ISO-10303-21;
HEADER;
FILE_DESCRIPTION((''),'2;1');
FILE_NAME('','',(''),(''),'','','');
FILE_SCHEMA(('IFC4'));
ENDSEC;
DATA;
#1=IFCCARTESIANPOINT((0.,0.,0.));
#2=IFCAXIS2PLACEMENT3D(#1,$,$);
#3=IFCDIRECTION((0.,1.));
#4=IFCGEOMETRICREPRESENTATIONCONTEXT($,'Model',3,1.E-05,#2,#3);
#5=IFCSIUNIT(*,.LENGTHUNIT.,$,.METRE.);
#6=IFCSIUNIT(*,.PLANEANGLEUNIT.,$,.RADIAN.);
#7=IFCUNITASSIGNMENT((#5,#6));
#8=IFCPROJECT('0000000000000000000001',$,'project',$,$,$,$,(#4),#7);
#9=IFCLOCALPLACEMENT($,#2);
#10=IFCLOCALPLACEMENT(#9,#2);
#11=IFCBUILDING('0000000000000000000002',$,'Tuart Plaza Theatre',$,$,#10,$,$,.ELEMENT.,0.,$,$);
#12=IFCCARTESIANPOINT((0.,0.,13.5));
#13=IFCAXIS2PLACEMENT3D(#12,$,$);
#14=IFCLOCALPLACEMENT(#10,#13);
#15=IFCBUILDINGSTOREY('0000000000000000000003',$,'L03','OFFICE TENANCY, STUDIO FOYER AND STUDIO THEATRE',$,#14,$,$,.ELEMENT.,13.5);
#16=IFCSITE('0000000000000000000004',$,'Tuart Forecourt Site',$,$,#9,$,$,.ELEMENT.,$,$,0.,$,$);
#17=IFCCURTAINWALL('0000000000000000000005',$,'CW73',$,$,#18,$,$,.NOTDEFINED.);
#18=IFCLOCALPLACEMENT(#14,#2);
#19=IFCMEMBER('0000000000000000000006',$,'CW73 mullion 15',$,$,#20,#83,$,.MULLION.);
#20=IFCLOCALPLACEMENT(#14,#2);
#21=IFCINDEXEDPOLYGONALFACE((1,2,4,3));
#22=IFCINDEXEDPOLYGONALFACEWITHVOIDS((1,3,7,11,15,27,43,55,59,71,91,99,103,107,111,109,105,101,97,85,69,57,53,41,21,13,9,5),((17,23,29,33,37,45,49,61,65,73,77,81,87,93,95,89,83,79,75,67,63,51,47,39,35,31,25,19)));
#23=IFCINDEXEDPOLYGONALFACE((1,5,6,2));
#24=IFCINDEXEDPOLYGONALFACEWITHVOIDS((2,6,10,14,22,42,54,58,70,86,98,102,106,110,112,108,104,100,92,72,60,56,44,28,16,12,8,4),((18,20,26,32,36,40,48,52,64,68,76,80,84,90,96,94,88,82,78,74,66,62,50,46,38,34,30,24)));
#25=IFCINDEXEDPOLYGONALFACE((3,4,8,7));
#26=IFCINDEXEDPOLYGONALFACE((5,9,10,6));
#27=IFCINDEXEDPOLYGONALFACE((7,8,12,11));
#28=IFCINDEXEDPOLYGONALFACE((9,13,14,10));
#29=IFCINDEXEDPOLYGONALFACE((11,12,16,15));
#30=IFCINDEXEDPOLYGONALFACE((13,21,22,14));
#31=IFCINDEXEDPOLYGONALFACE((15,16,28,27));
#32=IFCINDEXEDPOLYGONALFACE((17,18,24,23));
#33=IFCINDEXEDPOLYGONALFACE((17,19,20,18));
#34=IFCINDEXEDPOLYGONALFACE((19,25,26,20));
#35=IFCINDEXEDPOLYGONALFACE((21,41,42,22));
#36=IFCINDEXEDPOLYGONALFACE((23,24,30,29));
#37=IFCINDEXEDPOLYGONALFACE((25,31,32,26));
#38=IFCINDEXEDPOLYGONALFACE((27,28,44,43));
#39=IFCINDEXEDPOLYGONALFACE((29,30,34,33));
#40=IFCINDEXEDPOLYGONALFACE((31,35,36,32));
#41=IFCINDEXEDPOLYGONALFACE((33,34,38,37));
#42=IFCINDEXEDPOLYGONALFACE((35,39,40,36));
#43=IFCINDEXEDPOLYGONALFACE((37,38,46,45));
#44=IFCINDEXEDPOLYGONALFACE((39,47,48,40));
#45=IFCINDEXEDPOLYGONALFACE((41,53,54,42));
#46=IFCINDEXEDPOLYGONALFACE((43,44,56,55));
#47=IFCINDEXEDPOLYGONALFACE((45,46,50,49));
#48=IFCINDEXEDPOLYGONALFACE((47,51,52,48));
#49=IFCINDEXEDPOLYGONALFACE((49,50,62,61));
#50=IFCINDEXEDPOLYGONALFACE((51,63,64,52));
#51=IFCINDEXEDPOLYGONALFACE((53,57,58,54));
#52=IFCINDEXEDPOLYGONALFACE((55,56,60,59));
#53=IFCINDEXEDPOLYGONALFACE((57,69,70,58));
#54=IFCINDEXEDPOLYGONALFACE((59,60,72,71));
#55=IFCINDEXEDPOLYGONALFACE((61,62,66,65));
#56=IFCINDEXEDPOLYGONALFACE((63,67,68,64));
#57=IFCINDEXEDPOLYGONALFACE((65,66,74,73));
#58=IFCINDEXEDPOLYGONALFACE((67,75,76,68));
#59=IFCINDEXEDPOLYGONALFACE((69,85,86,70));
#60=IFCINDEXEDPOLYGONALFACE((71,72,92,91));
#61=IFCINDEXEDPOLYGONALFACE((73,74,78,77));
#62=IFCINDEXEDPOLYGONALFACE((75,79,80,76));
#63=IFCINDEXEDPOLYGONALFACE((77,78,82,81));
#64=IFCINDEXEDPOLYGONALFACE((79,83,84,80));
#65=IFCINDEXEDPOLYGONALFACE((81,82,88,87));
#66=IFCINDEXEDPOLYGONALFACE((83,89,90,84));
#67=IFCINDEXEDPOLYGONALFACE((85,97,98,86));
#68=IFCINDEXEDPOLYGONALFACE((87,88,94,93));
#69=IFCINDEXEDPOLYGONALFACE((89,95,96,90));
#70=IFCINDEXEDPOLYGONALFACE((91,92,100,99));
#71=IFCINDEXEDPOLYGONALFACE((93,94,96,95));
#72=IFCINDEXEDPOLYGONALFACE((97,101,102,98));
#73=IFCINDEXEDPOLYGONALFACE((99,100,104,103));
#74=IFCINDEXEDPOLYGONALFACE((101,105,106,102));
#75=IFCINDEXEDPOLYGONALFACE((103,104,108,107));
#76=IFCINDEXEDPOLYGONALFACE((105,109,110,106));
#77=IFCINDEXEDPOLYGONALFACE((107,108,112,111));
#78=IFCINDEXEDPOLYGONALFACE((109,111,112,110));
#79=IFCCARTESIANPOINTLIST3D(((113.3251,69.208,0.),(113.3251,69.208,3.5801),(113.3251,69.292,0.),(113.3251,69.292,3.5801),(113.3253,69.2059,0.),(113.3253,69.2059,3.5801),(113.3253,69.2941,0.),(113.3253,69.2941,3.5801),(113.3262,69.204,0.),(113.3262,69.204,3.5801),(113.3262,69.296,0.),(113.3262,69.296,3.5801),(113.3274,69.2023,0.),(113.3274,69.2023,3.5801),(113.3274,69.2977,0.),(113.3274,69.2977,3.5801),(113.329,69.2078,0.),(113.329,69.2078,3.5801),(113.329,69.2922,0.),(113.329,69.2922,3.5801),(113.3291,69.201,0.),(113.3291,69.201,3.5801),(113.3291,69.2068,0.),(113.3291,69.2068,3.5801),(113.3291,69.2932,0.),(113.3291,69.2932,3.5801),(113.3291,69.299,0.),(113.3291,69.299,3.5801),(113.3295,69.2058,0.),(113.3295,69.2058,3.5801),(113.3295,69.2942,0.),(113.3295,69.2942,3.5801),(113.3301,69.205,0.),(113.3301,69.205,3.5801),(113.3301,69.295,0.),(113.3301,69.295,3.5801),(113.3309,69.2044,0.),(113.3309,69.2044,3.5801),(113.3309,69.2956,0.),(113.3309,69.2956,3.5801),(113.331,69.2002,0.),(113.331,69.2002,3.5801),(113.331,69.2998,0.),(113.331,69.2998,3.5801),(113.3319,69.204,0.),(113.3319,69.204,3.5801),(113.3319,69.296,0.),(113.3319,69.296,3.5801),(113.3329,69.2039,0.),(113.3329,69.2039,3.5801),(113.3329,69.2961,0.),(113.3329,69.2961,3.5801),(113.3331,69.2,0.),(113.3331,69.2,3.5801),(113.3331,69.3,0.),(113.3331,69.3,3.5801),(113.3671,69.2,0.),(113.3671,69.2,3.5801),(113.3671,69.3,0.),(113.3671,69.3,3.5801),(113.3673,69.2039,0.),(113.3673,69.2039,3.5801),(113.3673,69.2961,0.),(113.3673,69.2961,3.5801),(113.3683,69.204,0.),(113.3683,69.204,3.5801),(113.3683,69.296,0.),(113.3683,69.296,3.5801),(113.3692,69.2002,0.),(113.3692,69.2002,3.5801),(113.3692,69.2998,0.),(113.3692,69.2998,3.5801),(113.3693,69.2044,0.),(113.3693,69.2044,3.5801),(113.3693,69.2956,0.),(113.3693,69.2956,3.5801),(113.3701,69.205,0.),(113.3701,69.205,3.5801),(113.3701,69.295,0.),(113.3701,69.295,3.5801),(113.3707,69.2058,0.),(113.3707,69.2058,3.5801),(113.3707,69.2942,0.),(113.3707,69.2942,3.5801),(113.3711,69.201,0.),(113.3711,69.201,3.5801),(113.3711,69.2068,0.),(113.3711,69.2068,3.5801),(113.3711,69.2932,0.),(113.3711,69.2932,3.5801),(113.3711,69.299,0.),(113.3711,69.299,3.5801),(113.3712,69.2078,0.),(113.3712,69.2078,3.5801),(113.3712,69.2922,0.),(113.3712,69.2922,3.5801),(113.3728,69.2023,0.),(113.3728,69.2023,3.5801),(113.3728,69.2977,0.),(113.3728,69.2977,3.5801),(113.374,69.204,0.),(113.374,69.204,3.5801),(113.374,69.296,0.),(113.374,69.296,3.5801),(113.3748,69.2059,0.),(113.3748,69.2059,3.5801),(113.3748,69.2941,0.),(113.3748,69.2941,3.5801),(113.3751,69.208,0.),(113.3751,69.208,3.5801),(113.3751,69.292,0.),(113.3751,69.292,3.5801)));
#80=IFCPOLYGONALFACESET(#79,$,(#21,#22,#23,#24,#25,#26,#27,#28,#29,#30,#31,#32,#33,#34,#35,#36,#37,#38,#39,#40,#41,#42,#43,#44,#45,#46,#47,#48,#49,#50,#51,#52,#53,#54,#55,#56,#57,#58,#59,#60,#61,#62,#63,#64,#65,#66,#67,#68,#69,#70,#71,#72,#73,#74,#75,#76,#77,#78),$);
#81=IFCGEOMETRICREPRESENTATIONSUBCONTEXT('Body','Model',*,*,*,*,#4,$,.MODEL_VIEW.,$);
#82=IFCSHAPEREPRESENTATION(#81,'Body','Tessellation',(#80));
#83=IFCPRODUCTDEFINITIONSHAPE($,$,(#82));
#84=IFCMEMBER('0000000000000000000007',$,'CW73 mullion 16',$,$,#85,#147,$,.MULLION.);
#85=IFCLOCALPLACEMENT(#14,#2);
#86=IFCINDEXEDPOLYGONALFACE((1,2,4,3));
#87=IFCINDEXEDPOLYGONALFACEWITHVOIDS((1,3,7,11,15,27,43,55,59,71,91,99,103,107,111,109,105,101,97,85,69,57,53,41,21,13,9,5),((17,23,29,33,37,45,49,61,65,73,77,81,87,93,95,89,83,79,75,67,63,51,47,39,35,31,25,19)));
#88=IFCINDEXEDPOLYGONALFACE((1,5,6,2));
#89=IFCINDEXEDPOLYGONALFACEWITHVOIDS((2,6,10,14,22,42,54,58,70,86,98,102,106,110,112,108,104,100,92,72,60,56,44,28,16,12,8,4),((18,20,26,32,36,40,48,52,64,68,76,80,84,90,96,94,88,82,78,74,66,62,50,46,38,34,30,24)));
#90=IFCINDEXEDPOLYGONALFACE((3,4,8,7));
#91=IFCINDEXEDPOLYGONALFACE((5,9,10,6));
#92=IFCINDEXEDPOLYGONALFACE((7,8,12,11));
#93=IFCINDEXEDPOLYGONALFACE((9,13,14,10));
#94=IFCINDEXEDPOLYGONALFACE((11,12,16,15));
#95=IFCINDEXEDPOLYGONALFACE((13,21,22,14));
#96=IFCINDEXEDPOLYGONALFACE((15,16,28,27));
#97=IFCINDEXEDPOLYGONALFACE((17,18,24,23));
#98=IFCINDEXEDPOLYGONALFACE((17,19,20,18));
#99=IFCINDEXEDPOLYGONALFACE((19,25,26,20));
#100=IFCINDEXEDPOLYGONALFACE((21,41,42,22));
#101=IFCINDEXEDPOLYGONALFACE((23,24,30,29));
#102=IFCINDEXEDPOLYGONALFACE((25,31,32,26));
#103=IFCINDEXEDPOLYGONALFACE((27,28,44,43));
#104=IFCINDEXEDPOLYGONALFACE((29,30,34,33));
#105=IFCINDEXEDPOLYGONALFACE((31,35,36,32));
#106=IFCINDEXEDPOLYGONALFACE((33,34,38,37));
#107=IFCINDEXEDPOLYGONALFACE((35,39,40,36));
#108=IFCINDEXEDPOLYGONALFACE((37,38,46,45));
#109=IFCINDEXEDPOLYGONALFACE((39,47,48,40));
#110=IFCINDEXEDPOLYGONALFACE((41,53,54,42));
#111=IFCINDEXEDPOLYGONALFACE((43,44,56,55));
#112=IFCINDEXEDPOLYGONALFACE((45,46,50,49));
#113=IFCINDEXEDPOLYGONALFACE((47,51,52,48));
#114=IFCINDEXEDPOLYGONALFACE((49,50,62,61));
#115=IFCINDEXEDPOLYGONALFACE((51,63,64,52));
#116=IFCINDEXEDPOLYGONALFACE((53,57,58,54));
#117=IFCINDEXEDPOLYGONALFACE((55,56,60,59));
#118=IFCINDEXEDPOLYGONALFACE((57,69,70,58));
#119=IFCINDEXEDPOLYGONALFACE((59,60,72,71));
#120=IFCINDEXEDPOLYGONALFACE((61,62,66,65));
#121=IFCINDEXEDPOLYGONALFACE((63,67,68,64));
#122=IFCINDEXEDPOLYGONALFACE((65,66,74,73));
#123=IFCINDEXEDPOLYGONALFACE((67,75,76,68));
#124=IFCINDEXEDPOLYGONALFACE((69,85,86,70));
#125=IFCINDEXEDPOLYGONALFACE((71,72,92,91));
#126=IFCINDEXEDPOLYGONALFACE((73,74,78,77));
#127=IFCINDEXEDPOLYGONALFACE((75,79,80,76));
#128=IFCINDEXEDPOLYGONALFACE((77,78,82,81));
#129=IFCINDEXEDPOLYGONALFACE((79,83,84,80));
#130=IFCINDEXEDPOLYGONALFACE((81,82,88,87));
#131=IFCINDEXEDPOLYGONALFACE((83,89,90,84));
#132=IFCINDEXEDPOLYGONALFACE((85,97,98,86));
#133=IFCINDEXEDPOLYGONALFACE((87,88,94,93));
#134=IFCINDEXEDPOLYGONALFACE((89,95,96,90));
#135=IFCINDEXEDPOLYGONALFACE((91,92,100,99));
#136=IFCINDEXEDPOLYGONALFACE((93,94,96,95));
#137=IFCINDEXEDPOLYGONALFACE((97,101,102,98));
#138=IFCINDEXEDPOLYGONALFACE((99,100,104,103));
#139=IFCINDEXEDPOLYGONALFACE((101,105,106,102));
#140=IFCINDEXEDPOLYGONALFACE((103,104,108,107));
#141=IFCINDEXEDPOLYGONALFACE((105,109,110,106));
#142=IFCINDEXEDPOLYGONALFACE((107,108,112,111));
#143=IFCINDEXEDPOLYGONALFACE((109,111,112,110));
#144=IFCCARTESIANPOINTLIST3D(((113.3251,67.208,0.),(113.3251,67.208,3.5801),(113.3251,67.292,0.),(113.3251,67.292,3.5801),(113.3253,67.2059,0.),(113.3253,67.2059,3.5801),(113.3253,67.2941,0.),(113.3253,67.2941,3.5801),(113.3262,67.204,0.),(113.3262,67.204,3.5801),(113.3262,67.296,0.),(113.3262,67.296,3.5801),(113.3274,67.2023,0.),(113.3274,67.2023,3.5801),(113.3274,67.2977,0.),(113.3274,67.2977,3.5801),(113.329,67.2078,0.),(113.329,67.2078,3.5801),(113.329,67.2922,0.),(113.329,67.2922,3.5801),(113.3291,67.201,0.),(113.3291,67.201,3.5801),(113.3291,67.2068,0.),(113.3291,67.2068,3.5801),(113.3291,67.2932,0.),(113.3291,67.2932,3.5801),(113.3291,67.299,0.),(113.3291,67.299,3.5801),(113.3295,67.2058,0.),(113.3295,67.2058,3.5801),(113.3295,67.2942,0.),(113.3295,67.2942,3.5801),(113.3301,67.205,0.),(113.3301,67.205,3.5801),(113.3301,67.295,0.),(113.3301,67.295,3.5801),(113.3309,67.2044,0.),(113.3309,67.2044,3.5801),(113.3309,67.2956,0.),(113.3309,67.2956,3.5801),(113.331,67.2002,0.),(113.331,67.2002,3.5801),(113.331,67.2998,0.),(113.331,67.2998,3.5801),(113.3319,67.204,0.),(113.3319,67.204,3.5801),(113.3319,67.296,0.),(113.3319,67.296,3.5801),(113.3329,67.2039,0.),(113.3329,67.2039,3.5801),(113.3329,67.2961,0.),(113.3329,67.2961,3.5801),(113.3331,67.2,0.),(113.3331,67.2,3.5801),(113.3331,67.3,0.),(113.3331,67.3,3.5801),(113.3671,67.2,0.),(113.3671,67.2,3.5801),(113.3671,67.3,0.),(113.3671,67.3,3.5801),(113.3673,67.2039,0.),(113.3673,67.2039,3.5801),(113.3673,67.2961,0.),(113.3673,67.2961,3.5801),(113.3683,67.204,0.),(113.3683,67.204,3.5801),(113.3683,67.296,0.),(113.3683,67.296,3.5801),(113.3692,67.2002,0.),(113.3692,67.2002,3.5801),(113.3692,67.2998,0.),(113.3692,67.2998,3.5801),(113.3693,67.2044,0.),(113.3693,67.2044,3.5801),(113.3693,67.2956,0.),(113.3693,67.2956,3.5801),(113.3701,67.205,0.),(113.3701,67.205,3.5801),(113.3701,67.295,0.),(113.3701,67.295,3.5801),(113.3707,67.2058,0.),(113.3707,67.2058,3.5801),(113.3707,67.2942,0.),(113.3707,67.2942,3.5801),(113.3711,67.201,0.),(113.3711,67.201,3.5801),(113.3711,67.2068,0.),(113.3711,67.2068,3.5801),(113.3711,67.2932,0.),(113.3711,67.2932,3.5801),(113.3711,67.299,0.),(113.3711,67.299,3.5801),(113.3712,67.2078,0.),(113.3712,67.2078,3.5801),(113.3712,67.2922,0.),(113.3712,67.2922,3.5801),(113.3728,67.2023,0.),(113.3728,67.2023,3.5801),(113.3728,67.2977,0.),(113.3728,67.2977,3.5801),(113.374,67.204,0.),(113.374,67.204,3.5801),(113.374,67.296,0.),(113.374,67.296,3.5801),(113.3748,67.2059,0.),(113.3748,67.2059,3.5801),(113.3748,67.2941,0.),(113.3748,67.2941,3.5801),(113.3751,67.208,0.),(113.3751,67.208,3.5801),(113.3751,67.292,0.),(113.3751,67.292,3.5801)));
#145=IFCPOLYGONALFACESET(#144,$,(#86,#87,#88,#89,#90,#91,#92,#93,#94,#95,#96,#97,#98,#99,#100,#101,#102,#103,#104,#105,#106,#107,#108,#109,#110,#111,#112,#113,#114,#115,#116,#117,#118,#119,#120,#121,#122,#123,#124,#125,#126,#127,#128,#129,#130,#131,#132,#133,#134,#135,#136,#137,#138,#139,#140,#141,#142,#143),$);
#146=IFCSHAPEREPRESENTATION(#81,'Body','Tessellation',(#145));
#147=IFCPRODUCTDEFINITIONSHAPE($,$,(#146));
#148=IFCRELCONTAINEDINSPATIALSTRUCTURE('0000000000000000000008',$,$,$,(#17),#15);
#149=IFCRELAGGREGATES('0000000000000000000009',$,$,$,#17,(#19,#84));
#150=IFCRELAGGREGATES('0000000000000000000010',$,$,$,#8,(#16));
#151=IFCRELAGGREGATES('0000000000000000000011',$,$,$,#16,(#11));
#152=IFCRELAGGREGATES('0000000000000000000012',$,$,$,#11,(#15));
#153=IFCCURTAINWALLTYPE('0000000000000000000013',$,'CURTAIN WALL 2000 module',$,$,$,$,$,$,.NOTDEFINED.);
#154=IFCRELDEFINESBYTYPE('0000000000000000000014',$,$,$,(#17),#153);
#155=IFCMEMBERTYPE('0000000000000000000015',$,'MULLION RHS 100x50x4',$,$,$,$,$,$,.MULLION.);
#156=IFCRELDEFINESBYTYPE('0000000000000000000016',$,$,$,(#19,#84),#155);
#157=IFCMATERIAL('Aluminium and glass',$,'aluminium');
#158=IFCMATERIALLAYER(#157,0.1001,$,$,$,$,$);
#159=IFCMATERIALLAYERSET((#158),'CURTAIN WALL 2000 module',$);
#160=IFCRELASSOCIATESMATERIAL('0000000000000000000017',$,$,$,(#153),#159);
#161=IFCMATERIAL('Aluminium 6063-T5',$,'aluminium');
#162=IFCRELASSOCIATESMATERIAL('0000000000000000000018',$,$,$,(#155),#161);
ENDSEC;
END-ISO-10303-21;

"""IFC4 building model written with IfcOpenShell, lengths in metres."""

from ifc_helpers import new_model, si_unit, direction, frame, origin, origin_2d, place, context, subcontext, project, spatial, hollow_rectangle, extrude, material, layer, layer_set, material_profile, profile_set, type_object, element, aggregate, save


model = new_model("IFC4")

# Units and contexts
model_context = context("Model", 3, precision=1e-05, world=origin(), true_north=direction((0.0, 1.0)))
body_context = subcontext(model_context, "Body", "Model", "MODEL_VIEW")
ifc_project = project(units=[si_unit("LENGTHUNIT", "METRE"), si_unit("PLANEANGLEUNIT", "RADIAN")], contexts=[model_context])

# Site, building, storey
site_placement = place(None, origin())
site = spatial("IfcSite", under=ifc_project, at=site_placement, Name="Tuart Forecourt Site", CompositionType="ELEMENT", RefElevation=0.0)
building_placement = place(site_placement, origin())
building = spatial("IfcBuilding", under=site, at=building_placement, Name="Tuart Plaza Theatre", CompositionType="ELEMENT", ElevationOfRefHeight=0.0)
storey_placement = place(building_placement, frame((0.0, 0.0, 13.5)))
storey = spatial("IfcBuildingStorey", under=building, at=storey_placement, Name="L03", Description="OFFICE TENANCY, STUDIO FOYER AND STUDIO THEATRE", CompositionType="ELEMENT", Elevation=13.5)

# Curtain wall, members
ifc_material_1 = material(Name="Aluminium and glass", Category="aluminium")
ifc_layer_1 = layer(ifc_material_1, 0.1001)
ifc_layer_set_1 = layer_set([ifc_layer_1], Name="CURTAIN WALL 2000 module")
curtain_wall_type = type_object("IfcCurtainWallType", Name="CURTAIN WALL 2000 module", PredefinedType="NOTDEFINED", material=ifc_layer_set_1)
curtain_wall_placement = place(storey_placement, origin())
curtain_wall = element("IfcCurtainWall", 1, at=curtain_wall_placement, inside=storey, type_object=curtain_wall_type, Name="CW73", PredefinedType="NOTDEFINED")
ifc_material_2 = material(Name="Aluminium 6063-T5", Category="aluminium")
ifc_material_profile_1 = material_profile(ifc_material_2, hollow_rectangle(XDim=0.05, YDim=0.1001, WallThickness=0.0039, InnerFilletRadius=0.0039, OuterFilletRadius=0.0081, at=origin_2d()), Name="RHS 100x50x4")
ifc_profile_set_1 = profile_set([ifc_material_profile_1], Name="Aluminium 6063-T5")
member_type_1 = type_object("IfcMemberType", Name="MULLION RHS 100x50x4", PredefinedType="MULLION", material=ifc_profile_set_1)
member_1_placement = place(storey_placement, frame((113.3501, 69.25, 0.0), z_axis=(0.0, 0.0, 1.0), x_axis=(1.0, 0.0, 0.0)))
member_1 = element("IfcMember", 2, at=member_1_placement, type_object=member_type_1, Name="CW73 mullion 15", PredefinedType="MULLION", context=body_context, shape_type="SweptSolid", body=[
    extrude(hollow_rectangle(XDim=0.05, YDim=0.1001, WallThickness=0.0039, InnerFilletRadius=0.0039, OuterFilletRadius=0.0081, at=origin_2d()), origin(), (0.0, 0.0, 1.0), 3.5801),
])
member_2_placement = place(storey_placement, frame((113.3501, 67.25, 0.0), z_axis=(0.0, 0.0, 1.0), x_axis=(1.0, 0.0, 0.0)))
member_2 = element("IfcMember", 3, at=member_2_placement, type_object=member_type_1, Name="CW73 mullion 16", PredefinedType="MULLION", context=body_context, shape_type="SweptSolid", body=[
    extrude(hollow_rectangle(XDim=0.05, YDim=0.1001, WallThickness=0.0039, InnerFilletRadius=0.0039, OuterFilletRadius=0.0081, at=origin_2d()), origin(), (0.0, 0.0, 1.0), 3.5801),
])
aggregate(curtain_wall, [member_1, member_2])

save(model, "model.ifc")
